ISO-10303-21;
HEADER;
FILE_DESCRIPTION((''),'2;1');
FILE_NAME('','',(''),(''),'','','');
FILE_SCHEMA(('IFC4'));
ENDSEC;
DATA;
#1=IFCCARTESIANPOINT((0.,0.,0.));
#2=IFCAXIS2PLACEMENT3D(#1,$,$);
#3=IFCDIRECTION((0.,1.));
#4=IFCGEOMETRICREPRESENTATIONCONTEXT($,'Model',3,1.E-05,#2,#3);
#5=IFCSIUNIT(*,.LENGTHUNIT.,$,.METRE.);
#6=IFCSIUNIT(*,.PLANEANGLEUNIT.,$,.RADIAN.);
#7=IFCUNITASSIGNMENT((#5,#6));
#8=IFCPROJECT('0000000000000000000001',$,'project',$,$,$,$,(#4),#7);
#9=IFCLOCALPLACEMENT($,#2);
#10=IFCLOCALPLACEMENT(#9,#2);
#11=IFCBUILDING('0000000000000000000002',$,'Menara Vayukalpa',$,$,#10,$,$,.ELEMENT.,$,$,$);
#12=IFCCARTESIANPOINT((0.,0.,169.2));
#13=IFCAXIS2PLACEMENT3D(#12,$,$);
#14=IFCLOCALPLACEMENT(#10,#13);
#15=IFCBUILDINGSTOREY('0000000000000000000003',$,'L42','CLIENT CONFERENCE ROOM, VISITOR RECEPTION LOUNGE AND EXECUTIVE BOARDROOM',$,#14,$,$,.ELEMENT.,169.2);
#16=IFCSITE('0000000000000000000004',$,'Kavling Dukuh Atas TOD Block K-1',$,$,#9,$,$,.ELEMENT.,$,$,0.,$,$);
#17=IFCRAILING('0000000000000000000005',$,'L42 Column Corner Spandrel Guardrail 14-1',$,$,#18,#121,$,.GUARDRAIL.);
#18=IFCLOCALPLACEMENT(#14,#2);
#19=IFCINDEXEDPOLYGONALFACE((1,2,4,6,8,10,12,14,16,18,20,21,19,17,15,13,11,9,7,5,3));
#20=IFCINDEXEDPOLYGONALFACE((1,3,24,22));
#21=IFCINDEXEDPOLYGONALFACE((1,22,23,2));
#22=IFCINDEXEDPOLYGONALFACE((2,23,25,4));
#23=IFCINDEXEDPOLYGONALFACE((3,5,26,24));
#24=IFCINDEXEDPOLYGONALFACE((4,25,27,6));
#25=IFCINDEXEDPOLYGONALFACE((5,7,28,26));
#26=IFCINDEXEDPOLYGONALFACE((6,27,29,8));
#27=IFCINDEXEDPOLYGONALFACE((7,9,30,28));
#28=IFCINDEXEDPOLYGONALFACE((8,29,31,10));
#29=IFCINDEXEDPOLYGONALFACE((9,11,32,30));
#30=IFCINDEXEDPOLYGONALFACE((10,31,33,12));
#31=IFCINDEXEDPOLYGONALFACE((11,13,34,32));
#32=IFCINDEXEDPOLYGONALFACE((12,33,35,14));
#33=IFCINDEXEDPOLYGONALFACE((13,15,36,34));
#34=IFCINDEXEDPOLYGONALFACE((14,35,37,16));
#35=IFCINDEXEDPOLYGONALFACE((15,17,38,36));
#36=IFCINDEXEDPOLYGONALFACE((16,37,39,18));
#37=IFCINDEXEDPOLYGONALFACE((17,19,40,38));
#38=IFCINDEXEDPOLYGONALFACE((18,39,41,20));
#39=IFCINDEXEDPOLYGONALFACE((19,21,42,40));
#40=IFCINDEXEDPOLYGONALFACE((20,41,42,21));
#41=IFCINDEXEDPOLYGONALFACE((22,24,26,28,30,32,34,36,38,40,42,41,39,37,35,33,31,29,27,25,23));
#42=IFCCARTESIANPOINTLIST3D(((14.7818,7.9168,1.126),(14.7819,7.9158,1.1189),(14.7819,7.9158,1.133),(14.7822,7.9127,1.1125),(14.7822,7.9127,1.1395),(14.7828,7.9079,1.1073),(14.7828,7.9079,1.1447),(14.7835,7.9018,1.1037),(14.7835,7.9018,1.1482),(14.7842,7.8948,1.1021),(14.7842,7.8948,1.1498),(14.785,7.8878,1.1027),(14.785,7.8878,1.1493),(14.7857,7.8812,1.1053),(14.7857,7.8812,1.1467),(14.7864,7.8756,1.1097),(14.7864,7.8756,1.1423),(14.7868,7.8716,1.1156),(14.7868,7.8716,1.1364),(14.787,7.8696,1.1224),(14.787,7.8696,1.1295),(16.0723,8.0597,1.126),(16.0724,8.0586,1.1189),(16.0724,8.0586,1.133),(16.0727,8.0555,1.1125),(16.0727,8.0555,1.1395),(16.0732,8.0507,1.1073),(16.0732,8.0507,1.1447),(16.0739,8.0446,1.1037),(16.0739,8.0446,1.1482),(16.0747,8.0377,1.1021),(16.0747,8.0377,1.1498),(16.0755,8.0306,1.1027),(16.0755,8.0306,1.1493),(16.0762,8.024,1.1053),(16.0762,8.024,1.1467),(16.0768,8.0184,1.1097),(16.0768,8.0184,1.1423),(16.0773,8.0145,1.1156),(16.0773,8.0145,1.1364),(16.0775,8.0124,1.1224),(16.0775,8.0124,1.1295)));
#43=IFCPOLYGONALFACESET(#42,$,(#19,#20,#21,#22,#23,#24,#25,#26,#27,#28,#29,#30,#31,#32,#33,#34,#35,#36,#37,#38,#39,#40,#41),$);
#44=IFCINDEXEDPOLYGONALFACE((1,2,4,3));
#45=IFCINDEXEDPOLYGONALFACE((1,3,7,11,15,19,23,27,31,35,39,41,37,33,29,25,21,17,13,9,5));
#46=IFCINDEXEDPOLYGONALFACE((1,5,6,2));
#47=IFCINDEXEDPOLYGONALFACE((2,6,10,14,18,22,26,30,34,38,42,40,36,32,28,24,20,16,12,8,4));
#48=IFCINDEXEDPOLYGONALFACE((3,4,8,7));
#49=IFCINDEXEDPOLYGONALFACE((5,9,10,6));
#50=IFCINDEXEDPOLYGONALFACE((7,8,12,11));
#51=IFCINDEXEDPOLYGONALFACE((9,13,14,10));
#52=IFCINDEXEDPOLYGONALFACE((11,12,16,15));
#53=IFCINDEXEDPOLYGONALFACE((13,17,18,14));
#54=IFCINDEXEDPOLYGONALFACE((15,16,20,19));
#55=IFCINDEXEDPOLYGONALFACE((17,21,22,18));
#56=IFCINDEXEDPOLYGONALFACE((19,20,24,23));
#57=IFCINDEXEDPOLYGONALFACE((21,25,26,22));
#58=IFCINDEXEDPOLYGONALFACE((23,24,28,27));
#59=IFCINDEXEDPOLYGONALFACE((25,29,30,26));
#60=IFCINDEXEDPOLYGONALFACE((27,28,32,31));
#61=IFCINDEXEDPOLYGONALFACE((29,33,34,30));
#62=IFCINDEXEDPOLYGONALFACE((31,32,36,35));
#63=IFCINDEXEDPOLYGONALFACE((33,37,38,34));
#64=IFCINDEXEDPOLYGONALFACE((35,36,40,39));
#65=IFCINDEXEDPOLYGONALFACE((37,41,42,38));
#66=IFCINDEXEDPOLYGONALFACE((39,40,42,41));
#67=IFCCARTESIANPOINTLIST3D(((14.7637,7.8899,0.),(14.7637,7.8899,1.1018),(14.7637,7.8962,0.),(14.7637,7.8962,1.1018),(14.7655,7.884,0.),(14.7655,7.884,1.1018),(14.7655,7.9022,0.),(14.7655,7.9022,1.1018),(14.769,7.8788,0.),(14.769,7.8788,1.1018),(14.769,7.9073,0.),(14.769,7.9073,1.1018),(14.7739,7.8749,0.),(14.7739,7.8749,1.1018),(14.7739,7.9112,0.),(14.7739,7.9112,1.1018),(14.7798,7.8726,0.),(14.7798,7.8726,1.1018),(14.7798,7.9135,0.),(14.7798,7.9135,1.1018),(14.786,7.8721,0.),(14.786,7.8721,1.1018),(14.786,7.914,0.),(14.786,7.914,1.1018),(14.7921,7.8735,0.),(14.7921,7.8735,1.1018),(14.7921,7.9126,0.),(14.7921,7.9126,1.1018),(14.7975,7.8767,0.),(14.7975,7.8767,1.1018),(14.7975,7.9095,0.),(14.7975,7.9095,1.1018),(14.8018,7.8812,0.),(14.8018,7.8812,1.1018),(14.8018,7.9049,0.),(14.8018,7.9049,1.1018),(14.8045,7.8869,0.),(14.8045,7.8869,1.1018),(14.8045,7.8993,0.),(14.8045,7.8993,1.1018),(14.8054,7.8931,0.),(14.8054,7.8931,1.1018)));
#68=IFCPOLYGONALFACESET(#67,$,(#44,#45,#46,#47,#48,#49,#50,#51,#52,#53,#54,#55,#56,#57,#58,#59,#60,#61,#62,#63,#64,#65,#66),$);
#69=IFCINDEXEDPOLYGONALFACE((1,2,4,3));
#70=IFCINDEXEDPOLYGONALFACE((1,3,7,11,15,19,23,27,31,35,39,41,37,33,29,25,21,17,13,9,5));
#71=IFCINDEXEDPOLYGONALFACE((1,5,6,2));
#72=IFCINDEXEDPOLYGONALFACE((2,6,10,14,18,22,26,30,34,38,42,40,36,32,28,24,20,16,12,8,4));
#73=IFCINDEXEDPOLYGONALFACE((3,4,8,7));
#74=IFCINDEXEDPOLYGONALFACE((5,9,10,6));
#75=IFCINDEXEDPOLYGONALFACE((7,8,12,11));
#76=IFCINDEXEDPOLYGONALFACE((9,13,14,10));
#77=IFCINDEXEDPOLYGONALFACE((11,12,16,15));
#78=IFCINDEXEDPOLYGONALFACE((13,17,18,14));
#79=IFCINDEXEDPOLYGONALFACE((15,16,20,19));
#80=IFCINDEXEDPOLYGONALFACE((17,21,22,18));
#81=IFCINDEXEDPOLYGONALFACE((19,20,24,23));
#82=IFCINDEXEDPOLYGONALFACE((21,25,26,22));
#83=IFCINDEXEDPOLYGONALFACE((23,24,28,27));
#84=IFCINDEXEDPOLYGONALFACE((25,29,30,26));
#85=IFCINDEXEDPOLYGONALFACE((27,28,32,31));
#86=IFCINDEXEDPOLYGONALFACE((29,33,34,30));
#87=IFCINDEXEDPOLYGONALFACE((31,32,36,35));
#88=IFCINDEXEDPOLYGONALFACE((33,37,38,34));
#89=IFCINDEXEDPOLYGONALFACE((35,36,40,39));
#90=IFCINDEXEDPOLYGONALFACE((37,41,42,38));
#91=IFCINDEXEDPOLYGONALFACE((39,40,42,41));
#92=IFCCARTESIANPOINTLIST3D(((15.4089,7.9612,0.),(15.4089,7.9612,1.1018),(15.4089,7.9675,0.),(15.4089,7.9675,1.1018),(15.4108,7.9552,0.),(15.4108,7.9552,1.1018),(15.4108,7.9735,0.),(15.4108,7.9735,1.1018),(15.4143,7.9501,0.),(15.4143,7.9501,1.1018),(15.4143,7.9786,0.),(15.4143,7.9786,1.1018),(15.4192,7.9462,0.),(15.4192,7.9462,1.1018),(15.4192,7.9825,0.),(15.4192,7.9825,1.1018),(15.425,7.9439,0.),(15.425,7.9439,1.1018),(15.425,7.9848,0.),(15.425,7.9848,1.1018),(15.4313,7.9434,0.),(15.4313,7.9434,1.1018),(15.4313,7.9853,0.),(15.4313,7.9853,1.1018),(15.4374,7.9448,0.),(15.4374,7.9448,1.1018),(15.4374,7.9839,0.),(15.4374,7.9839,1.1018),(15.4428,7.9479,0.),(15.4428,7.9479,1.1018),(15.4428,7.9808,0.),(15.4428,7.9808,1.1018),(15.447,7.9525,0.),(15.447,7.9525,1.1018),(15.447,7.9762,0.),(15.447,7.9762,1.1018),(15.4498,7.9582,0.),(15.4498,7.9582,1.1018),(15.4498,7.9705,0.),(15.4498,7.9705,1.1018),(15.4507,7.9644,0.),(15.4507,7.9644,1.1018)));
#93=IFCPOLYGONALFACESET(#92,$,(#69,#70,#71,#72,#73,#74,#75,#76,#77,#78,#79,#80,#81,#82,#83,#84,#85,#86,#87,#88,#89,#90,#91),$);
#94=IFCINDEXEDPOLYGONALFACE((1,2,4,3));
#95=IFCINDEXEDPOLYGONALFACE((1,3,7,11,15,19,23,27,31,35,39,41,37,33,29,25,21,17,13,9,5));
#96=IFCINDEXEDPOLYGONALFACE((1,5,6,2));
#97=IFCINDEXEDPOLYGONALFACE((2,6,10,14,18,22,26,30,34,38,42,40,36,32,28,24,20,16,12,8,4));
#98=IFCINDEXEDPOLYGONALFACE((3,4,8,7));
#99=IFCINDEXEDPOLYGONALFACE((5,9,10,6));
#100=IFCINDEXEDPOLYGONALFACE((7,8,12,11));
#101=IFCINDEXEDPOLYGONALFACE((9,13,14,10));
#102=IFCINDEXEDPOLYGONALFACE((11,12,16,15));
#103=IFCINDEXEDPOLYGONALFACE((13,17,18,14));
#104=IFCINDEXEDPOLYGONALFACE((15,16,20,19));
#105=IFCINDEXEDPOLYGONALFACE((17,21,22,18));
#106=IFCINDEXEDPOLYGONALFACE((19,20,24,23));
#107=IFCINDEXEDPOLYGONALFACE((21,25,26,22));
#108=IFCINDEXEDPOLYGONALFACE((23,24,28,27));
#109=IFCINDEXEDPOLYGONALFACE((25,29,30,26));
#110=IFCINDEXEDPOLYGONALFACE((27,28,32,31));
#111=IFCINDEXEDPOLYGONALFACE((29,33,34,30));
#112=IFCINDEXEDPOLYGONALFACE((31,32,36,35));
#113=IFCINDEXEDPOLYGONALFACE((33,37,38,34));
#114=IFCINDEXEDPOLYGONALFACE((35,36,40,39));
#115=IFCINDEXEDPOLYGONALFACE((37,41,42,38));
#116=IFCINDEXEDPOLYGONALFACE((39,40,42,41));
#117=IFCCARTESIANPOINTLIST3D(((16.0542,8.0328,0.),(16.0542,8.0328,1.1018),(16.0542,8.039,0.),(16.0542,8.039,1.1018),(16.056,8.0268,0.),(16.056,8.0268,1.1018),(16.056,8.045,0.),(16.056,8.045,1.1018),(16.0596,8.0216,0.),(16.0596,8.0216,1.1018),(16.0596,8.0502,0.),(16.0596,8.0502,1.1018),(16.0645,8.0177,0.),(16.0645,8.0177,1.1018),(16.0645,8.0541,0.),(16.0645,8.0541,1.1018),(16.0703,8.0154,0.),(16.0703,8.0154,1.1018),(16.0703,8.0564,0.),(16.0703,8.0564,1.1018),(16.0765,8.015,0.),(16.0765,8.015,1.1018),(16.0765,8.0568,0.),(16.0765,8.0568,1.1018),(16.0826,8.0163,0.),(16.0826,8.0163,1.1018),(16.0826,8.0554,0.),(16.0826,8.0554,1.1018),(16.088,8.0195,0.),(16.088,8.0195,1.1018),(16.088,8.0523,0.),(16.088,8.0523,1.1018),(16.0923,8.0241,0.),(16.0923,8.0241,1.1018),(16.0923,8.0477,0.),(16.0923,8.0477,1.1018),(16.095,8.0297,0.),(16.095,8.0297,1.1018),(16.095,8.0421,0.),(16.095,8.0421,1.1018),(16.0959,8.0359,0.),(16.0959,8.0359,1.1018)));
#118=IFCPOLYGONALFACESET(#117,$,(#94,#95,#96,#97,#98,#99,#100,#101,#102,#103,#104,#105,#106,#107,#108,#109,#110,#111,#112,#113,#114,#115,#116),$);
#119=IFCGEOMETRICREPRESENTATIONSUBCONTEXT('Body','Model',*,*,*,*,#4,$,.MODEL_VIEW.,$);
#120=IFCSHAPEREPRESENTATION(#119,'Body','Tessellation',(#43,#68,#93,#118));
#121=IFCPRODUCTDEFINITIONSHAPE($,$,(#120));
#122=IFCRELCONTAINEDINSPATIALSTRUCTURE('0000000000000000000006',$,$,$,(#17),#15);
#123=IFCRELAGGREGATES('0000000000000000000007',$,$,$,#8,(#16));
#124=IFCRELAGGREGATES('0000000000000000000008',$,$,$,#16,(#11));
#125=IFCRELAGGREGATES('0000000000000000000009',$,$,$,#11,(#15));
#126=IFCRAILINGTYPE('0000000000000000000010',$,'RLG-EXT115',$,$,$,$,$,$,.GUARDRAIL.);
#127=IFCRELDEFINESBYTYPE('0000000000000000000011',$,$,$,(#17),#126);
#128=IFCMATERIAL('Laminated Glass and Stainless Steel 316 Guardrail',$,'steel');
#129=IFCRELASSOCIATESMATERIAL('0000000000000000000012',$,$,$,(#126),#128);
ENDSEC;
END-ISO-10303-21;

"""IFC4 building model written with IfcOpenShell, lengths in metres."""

from ifc_helpers import new_model, si_unit, direction, frame, origin, origin_2d, place, context, subcontext, project, spatial, circle, extrude, material, type_object, element, save


model = new_model("IFC4")

# Units and contexts
model_context = context("Model", 3, precision=1e-05, world=origin(), true_north=direction((0.0, 1.0)))
body_context = subcontext(model_context, "Body", "Model", "MODEL_VIEW")
ifc_project = project(units=[si_unit("LENGTHUNIT", "METRE"), si_unit("PLANEANGLEUNIT", "RADIAN")], contexts=[model_context])

# Site, building, storey
site_placement = place(None, origin())
site = spatial("IfcSite", under=ifc_project, at=site_placement, Name="Kavling Dukuh Atas TOD Block K-1", CompositionType="ELEMENT", RefElevation=0.0)
building_placement = place(site_placement, origin())
building = spatial("IfcBuilding", under=site, at=building_placement, Name="Menara Vayukalpa", CompositionType="ELEMENT")
storey_placement = place(building_placement, frame((0.0, 0.0, 169.2)))
storey = spatial("IfcBuildingStorey", under=building, at=storey_placement, Name="L42", Description="CLIENT CONFERENCE ROOM, VISITOR RECEPTION LOUNGE AND EXECUTIVE BOARDROOM", CompositionType="ELEMENT", Elevation=169.2)

# Railing
ifc_material_1 = material(Name="Laminated Glass and Stainless Steel 316 Guardrail", Category="steel")
railing_type = type_object("IfcRailingType", Name="RLG-EXT115", PredefinedType="GUARDRAIL", material=ifc_material_1)
railing_1_placement = place(storey_placement, frame((14.7844, 7.8931, 0.0)))
element("IfcRailing", 1, at=railing_1_placement, inside=storey, type_object=railing_type, Name="L42 Column Corner Spandrel Guardrail 14-1", PredefinedType="GUARDRAIL", context=body_context, shape_type="SweptSolid", body=[
    extrude(circle(Radius=0.0239, at=origin_2d()), frame((0.0, 0.0, 1.126), z_axis=(0.993932, 0.109998, 0.0), x_axis=(-0.109998, 0.993932, 0.0)), (0.0, 0.0, 1.0), 1.2983),
    extrude(circle(Radius=0.021, at=origin_2d()), origin(), (0.0, 0.0, 1.0), 1.1018),
    extrude(circle(Radius=0.021, at=origin_2d()), frame((0.6453, 0.0713, 0.0)), (0.0, 0.0, 1.0), 1.1018),
    extrude(circle(Radius=0.021, at=origin_2d()), frame((1.2905, 0.1428, 0.0)), (0.0, 0.0, 1.0), 1.1018),
])

save(model, "model.ifc")
